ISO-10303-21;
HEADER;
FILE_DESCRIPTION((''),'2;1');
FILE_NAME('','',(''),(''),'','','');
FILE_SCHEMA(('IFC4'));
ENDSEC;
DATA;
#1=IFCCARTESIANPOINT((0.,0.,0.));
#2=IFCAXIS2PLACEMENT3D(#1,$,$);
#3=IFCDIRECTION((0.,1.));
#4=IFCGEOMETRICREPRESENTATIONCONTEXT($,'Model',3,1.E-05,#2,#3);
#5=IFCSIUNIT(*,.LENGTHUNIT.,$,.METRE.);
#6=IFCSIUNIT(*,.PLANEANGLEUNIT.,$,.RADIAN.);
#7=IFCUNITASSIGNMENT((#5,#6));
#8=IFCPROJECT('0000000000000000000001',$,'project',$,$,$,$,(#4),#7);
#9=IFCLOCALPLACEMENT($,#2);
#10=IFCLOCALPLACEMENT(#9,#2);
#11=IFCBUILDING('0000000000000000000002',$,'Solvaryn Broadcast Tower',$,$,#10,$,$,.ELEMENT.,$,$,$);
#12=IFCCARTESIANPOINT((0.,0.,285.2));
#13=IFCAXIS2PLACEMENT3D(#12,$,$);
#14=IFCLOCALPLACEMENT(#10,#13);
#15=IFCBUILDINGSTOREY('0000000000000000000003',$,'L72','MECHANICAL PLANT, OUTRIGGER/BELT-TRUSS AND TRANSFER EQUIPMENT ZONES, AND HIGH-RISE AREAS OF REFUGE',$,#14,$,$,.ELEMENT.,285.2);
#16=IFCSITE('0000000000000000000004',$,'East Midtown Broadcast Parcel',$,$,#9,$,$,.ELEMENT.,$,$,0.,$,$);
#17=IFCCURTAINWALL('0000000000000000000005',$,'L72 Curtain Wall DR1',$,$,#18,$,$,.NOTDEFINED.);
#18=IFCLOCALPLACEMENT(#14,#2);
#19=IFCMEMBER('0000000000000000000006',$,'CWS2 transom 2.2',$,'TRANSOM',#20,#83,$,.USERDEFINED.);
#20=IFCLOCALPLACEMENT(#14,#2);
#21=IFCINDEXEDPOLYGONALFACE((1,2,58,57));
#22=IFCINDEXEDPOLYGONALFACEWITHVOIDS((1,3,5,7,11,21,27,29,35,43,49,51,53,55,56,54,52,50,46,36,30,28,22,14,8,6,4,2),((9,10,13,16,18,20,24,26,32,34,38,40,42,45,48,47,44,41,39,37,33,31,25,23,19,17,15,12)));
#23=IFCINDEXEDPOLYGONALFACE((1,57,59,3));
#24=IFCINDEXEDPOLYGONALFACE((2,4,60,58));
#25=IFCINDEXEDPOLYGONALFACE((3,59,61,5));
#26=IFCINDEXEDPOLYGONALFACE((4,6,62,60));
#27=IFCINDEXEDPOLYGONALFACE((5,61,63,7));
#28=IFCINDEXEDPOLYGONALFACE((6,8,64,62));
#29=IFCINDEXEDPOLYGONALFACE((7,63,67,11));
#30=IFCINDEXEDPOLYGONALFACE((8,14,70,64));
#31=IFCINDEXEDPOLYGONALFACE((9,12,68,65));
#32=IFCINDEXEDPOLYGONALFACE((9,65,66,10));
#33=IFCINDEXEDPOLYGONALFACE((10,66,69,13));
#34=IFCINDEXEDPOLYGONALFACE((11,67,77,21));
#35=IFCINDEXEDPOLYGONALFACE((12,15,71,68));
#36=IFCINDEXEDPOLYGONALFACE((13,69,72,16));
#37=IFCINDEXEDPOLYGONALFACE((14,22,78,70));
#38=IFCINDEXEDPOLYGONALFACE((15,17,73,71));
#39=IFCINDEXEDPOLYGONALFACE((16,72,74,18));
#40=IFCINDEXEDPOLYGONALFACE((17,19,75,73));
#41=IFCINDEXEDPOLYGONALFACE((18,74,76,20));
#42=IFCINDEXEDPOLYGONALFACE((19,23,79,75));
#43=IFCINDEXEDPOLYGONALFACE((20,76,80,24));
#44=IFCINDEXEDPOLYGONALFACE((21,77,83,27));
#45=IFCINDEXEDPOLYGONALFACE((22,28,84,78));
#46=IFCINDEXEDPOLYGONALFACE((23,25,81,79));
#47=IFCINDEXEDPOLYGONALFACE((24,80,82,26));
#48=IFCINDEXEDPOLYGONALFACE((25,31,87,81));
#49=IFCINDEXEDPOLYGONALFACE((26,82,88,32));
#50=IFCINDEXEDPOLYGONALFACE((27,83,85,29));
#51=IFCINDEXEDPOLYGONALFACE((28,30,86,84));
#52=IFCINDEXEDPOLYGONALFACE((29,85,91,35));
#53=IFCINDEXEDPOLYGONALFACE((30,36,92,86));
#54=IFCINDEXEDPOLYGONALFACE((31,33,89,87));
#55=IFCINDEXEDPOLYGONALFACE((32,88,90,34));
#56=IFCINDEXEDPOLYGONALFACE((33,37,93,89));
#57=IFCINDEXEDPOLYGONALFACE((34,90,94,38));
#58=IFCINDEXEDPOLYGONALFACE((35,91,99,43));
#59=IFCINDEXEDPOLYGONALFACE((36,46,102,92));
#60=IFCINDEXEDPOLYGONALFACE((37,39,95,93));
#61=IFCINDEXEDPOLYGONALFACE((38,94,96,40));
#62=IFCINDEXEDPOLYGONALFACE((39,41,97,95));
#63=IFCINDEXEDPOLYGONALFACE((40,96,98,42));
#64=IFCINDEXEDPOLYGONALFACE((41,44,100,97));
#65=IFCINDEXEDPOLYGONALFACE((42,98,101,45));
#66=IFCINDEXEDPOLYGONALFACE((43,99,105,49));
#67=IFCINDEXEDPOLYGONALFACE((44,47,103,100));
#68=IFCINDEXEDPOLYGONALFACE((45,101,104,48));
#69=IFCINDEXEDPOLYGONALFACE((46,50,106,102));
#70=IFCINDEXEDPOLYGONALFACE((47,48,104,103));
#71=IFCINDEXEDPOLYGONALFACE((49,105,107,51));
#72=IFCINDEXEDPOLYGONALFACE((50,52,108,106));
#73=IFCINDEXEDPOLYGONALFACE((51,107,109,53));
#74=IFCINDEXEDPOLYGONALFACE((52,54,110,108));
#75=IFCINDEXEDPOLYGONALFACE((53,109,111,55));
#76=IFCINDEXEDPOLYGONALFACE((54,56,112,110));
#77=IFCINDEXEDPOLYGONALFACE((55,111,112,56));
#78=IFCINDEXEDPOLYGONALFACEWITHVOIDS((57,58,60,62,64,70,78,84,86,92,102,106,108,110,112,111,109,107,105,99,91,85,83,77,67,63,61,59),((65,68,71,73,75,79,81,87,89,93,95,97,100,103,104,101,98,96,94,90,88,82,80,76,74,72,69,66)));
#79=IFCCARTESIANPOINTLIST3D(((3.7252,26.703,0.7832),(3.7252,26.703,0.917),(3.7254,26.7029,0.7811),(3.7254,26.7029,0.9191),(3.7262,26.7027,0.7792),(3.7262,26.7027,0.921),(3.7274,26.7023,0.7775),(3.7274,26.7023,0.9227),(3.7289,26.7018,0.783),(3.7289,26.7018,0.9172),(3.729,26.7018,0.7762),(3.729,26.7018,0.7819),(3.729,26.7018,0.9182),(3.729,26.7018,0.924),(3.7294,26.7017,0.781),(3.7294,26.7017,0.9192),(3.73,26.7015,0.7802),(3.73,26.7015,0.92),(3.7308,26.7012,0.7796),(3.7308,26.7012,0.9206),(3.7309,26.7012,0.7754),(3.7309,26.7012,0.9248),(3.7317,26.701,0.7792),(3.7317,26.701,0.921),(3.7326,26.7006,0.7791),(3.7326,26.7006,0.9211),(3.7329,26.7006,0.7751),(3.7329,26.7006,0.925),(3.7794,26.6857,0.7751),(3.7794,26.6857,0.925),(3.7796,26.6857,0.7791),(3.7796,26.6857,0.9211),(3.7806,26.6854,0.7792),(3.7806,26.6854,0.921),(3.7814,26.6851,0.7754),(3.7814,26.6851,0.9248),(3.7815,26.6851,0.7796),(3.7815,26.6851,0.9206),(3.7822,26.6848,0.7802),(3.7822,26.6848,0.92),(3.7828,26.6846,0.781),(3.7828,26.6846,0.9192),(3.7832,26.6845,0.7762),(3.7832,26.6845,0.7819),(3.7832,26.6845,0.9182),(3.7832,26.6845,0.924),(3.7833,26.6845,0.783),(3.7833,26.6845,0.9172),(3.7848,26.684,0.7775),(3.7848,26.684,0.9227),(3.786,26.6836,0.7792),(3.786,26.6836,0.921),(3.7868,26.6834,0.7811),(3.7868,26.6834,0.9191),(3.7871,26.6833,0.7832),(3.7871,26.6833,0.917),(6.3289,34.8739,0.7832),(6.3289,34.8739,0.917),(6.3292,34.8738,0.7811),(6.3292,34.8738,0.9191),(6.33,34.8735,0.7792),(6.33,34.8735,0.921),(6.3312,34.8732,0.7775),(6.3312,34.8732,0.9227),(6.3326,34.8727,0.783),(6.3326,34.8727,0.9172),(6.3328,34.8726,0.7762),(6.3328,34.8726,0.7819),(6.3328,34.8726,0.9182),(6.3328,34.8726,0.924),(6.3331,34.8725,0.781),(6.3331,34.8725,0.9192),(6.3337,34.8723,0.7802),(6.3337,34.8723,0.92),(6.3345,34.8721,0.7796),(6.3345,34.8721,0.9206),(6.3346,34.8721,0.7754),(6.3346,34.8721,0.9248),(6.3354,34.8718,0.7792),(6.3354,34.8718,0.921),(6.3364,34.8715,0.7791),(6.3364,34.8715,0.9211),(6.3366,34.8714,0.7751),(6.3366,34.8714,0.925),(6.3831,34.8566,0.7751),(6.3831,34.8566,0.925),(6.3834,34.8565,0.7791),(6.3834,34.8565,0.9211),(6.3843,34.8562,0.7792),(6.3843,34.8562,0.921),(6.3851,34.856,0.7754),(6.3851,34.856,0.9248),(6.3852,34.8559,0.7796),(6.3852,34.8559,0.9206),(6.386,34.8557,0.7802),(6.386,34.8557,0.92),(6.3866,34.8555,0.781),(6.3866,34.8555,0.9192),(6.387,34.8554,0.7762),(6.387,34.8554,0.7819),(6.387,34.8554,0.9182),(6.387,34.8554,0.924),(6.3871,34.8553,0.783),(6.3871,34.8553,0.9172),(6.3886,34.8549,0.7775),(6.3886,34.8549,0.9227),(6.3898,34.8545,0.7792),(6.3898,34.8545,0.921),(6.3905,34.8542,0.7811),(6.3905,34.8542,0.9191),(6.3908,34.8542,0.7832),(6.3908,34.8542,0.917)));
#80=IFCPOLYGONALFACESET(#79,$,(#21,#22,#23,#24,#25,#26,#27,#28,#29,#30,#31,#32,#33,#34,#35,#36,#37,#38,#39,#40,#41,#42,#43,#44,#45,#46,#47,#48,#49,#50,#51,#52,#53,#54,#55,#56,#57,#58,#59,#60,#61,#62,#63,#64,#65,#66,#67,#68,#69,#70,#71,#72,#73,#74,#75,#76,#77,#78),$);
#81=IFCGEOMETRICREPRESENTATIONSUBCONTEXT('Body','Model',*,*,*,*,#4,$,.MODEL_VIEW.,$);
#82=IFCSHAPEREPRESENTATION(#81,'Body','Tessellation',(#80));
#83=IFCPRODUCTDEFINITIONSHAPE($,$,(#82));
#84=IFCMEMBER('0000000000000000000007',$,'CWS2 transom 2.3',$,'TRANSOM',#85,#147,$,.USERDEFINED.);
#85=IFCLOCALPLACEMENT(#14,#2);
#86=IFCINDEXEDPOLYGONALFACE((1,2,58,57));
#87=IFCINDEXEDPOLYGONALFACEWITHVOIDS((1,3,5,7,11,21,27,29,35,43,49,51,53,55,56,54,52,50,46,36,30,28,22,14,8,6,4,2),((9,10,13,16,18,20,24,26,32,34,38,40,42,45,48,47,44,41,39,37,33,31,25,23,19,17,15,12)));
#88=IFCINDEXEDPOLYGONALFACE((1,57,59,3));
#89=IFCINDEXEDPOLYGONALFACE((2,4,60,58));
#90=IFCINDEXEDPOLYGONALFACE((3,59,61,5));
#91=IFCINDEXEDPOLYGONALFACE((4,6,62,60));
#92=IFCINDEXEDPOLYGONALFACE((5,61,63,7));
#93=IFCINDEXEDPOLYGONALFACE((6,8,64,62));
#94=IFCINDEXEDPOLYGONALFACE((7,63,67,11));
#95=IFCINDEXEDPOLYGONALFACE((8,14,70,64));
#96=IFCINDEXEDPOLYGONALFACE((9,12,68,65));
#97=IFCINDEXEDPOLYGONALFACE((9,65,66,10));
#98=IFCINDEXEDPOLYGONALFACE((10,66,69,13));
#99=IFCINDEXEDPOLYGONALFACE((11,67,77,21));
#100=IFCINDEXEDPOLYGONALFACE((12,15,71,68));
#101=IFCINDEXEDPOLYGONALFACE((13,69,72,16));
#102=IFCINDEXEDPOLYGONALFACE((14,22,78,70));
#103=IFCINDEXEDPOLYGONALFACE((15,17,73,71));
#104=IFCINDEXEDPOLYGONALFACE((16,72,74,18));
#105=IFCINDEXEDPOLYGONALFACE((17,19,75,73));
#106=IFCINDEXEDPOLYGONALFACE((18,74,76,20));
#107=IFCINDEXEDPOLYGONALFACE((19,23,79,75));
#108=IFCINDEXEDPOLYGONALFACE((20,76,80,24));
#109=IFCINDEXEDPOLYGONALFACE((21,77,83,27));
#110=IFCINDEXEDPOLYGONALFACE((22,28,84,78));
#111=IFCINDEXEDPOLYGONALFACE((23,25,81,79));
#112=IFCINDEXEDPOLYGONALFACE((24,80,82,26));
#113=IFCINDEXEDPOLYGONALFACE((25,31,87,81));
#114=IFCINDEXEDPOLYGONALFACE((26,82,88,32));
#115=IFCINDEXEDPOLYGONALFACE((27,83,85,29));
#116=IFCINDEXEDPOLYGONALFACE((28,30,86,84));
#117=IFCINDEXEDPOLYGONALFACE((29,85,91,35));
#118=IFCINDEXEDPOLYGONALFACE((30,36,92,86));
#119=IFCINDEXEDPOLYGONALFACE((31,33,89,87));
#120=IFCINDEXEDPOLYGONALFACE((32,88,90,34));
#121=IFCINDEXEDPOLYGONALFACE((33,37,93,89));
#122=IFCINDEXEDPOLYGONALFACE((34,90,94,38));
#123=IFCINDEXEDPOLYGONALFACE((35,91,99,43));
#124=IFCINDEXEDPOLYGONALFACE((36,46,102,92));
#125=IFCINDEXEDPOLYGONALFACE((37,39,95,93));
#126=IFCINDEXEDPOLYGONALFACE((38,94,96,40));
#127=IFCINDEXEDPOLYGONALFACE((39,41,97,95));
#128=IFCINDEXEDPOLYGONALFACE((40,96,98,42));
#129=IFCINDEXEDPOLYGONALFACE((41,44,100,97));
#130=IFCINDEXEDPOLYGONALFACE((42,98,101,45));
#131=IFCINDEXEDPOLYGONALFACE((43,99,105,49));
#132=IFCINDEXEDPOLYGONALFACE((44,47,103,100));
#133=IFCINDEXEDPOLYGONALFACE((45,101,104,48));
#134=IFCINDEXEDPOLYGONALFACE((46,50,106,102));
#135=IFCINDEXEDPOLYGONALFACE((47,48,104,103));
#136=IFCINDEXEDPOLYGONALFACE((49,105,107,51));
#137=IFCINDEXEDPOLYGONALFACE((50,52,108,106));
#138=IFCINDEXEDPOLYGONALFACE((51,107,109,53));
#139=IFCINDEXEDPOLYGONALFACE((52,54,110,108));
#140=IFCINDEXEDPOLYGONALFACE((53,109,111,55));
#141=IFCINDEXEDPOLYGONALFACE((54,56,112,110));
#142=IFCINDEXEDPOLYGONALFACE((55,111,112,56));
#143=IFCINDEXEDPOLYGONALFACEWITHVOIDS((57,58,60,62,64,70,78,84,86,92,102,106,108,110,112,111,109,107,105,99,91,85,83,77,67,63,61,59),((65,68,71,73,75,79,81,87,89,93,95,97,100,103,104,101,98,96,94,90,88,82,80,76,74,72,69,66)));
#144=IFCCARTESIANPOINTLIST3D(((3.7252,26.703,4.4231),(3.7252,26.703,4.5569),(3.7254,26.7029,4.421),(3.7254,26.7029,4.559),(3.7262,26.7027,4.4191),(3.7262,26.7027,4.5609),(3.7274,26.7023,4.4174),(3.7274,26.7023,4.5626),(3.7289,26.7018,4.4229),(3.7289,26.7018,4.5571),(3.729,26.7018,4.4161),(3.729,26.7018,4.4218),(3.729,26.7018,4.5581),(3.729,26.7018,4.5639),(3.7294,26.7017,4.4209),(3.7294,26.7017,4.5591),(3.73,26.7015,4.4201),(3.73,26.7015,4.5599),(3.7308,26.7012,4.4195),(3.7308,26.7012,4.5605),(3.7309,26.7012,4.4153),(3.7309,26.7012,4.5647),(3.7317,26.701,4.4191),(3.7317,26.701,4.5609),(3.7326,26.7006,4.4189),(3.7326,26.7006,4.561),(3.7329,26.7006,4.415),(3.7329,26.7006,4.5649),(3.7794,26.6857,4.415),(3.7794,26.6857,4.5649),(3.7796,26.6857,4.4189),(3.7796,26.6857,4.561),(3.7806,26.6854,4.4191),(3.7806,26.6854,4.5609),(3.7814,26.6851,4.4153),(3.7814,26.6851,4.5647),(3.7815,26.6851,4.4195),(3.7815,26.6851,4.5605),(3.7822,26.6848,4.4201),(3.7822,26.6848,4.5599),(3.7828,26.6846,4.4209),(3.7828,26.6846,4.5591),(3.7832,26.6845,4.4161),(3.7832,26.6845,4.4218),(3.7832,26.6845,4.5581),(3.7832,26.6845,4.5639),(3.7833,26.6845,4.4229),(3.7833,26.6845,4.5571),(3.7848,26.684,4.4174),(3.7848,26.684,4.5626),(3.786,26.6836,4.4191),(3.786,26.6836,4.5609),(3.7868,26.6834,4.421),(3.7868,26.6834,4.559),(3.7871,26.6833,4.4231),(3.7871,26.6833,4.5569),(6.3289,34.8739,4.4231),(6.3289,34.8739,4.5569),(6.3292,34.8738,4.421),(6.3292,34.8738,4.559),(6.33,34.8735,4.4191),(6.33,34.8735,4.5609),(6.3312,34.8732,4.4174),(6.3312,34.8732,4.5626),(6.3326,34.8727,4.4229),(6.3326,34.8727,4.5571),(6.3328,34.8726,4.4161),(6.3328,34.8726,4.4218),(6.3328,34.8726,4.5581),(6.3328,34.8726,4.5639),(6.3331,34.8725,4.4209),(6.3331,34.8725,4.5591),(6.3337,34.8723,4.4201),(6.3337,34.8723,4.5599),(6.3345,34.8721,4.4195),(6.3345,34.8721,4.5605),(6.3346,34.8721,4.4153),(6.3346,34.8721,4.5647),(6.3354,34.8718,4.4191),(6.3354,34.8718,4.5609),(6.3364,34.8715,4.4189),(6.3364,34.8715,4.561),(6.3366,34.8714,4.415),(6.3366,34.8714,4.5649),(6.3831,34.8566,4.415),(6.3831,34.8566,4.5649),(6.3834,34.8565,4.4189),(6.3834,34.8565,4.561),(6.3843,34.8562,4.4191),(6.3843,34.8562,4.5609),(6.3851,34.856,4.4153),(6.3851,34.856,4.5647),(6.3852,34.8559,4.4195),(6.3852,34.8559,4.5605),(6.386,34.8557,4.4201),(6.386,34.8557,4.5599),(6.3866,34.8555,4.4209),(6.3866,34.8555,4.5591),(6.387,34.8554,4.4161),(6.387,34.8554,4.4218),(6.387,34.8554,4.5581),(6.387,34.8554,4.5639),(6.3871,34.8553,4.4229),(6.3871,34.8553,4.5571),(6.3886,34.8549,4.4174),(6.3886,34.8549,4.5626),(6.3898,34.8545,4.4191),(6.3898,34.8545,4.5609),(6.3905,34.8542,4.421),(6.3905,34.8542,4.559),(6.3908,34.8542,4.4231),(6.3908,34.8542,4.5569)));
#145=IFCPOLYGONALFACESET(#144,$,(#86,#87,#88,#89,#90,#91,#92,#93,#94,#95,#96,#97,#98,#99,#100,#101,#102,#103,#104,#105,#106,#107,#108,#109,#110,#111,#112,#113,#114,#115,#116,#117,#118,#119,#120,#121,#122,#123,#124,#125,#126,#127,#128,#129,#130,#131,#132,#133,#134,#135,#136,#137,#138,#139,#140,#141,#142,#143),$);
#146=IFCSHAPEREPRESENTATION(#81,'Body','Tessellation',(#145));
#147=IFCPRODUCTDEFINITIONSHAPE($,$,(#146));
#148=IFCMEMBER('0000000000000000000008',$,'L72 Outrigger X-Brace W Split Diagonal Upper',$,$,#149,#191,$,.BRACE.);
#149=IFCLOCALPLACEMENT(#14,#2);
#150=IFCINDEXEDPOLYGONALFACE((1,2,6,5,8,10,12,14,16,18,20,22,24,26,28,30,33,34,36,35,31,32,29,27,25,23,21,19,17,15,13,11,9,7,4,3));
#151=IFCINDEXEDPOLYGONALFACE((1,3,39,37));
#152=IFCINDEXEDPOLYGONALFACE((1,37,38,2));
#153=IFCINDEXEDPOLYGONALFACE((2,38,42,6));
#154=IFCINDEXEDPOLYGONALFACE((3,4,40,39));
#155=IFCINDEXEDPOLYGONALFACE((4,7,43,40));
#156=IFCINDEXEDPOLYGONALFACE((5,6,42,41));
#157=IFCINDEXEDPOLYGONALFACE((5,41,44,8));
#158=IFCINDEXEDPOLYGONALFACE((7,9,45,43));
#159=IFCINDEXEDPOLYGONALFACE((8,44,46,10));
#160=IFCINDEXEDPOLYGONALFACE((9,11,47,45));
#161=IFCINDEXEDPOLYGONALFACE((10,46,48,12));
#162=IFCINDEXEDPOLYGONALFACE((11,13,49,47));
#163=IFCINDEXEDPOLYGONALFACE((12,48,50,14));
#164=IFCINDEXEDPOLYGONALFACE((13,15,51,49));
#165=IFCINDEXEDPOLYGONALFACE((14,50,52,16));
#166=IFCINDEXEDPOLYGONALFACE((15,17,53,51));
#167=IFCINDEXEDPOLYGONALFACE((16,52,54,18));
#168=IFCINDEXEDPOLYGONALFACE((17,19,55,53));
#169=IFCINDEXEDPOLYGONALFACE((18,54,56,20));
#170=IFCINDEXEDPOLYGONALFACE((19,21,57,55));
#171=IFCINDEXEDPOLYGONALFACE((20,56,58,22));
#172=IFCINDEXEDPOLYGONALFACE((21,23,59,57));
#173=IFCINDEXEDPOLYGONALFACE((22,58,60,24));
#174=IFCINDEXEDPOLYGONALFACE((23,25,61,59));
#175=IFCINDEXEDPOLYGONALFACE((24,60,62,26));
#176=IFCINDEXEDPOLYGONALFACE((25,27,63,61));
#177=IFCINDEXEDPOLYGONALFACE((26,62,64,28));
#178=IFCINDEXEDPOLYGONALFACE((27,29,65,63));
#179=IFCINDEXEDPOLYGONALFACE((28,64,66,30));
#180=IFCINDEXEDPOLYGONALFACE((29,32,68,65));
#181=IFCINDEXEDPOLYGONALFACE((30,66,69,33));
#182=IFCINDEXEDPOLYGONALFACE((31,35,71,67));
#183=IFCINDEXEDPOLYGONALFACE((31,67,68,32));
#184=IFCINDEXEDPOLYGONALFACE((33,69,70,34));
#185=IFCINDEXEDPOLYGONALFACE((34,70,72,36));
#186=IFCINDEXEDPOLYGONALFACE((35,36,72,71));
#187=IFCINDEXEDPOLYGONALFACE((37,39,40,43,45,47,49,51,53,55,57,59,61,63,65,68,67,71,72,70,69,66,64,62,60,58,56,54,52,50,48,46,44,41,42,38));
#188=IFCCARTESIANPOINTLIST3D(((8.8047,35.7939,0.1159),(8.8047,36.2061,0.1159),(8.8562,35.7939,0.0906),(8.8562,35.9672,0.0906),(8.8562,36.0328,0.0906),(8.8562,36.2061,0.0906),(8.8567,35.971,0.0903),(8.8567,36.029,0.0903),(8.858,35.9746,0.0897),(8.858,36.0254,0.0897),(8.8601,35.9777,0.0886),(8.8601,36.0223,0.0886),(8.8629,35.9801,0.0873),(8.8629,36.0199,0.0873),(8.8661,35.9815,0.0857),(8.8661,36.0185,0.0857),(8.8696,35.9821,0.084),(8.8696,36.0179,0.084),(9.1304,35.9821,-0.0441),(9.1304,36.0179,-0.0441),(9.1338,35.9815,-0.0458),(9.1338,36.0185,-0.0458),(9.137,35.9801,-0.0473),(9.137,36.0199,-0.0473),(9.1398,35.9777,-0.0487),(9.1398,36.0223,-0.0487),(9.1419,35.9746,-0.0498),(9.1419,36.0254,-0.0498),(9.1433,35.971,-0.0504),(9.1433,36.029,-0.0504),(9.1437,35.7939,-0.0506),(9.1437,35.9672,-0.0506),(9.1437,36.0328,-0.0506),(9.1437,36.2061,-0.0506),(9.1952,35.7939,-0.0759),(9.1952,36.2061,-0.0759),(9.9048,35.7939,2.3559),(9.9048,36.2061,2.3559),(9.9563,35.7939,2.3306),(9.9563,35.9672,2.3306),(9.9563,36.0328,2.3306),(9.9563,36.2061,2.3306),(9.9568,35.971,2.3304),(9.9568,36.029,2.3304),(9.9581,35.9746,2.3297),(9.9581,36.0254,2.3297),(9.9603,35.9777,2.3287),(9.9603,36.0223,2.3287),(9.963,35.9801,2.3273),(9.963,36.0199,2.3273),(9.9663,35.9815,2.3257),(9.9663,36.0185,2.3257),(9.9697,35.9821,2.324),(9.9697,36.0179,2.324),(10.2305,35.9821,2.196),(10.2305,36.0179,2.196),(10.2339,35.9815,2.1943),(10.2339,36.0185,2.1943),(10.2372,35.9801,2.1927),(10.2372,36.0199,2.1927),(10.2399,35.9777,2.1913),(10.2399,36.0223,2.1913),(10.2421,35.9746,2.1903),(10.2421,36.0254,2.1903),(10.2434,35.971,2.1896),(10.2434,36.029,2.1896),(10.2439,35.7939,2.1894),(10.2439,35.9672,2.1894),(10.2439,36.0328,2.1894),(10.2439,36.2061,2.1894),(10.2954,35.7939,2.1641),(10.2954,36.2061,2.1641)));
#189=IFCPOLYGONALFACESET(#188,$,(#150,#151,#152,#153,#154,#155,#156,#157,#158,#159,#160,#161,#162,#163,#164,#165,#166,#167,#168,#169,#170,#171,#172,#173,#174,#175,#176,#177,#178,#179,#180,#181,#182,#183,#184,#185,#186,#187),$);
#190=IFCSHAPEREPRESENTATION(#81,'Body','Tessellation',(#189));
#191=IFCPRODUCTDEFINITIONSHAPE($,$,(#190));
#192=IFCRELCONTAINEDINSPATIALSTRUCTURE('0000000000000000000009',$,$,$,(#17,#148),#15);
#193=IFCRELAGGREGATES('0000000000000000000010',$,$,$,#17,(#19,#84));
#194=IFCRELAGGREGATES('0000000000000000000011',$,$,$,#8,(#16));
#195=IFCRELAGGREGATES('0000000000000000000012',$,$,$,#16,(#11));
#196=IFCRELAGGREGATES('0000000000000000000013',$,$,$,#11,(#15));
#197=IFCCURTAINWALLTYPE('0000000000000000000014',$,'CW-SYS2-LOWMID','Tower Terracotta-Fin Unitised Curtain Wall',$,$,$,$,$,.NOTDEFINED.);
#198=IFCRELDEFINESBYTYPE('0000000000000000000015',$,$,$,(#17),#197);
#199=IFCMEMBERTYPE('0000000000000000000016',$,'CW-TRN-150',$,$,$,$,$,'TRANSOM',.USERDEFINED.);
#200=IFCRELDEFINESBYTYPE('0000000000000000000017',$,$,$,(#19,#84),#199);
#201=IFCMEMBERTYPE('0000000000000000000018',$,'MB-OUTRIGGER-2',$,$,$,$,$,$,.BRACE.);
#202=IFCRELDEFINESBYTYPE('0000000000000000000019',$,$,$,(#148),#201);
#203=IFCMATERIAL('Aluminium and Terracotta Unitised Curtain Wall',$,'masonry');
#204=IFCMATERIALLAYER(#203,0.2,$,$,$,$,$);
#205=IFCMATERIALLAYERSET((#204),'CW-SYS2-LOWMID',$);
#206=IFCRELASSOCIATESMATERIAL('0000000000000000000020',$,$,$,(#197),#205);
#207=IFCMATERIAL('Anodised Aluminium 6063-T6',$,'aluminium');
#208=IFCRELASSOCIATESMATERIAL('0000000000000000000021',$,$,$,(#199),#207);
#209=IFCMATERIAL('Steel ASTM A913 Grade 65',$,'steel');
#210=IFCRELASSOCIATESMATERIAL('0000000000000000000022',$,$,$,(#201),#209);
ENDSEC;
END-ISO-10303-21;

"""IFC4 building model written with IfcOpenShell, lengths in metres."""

from ifc_helpers import new_model, si_unit, direction, frame, origin, origin_2d, place, context, subcontext, project, spatial, hollow_rectangle, i_section, extrude, material, layer, layer_set, material_profile, profile_set, type_object, element, aggregate, save


model = new_model("IFC4")

# Units and contexts
model_context = context("Model", 3, precision=1e-05, world=origin(), true_north=direction((0.0, 1.0)))
body_context = subcontext(model_context, "Body", "Model", "MODEL_VIEW")
ifc_project = project(units=[si_unit("LENGTHUNIT", "METRE"), si_unit("PLANEANGLEUNIT", "RADIAN")], contexts=[model_context])

# Site, building, storey
site_placement = place(None, origin())
site = spatial("IfcSite", under=ifc_project, at=site_placement, Name="East Midtown Broadcast Parcel", CompositionType="ELEMENT", RefElevation=0.0)
building_placement = place(site_placement, origin())
building = spatial("IfcBuilding", under=site, at=building_placement, Name="Solvaryn Broadcast Tower", CompositionType="ELEMENT")
storey_placement = place(building_placement, frame((0.0, 0.0, 285.2)))
storey = spatial("IfcBuildingStorey", under=building, at=storey_placement, Name="L72", Description="MECHANICAL PLANT, OUTRIGGER/BELT-TRUSS AND TRANSFER EQUIPMENT ZONES, AND HIGH-RISE AREAS OF REFUGE", CompositionType="ELEMENT", Elevation=285.2)

# Curtain wall, members
ifc_material_1 = material(Name="Aluminium and Terracotta Unitised Curtain Wall", Category="masonry")
ifc_layer_1 = layer(ifc_material_1, 0.2)
ifc_layer_set_1 = layer_set([ifc_layer_1], Name="CW-SYS2-LOWMID")
curtain_wall_type = type_object("IfcCurtainWallType", Name="CW-SYS2-LOWMID", Description="Tower Terracotta-Fin Unitised Curtain Wall", PredefinedType="NOTDEFINED", material=ifc_layer_set_1)
curtain_wall_placement = place(storey_placement, origin())
curtain_wall = element("IfcCurtainWall", 1, at=curtain_wall_placement, inside=storey, type_object=curtain_wall_type, Name="L72 Curtain Wall DR1", PredefinedType="NOTDEFINED")
ifc_material_2 = material(Name="Anodised Aluminium 6063-T6", Category="aluminium")
ifc_material_profile_1 = material_profile(ifc_material_2, hollow_rectangle(XDim=0.0649, YDim=0.1499, WallThickness=0.0039, InnerFilletRadius=0.0039, OuterFilletRadius=0.0081, at=origin_2d()))
ifc_profile_set_1 = profile_set([ifc_material_profile_1], Name="Anodised Aluminium 6063-T6")
member_type_1 = type_object("IfcMemberType", Name="CW-TRN-150", ElementType="TRANSOM", PredefinedType="USERDEFINED", material=ifc_profile_set_1)
member_1_placement = place(storey_placement, frame((6.3599, 34.864, 0.8501), z_axis=(-0.30362, -0.952793, 0.0), x_axis=(0.952793, -0.30362, 0.0)))
member_1 = element("IfcMember", 2, at=member_1_placement, type_object=member_type_1, Name="CWS2 transom 2.2", ObjectType="TRANSOM", PredefinedType="USERDEFINED", context=body_context, shape_type="SweptSolid", body=[
    extrude(hollow_rectangle(XDim=0.0649, YDim=0.1499, WallThickness=0.0039, InnerFilletRadius=0.0039, OuterFilletRadius=0.0081, at=origin_2d()), origin(), (0.0, 0.0, 1.0), 8.5757),
])
member_2_placement = place(storey_placement, frame((6.3599, 34.864, 4.49), z_axis=(-0.30362, -0.952793, 0.0), x_axis=(0.952793, -0.30362, 0.0)))
member_2 = element("IfcMember", 3, at=member_2_placement, type_object=member_type_1, Name="CWS2 transom 2.3", ObjectType="TRANSOM", PredefinedType="USERDEFINED", context=body_context, shape_type="SweptSolid", body=[
    extrude(hollow_rectangle(XDim=0.0649, YDim=0.1499, WallThickness=0.0039, InnerFilletRadius=0.0039, OuterFilletRadius=0.0081, at=origin_2d()), origin(), (0.0, 0.0, 1.0), 8.5757),
])
aggregate(curtain_wall, [member_1, member_2])

# Member
ifc_material_3 = material(Name="Steel ASTM A913 Grade 65", Category="steel")
ifc_material_profile_2 = material_profile(ifc_material_3, i_section(OverallWidth=0.4121, OverallDepth=0.4351, WebThickness=0.0359, FlangeThickness=0.0574, FilletRadius=0.0149, at=origin_2d()))
ifc_profile_set_2 = profile_set([ifc_material_profile_2], Name="Steel ASTM A913 Grade 65")
member_type_2 = type_object("IfcMemberType", Name="MB-OUTRIGGER-2", PredefinedType="BRACE", material=ifc_profile_set_2)
member_3_placement = place(storey_placement, frame((10.1001, 36.0, 2.26), z_axis=(-0.440824, 0.0, -0.897594), x_axis=(0.0, -1.0, 0.0)))
element("IfcMember", 4, at=member_3_placement, inside=storey, type_object=member_type_2, Name="L72 Outrigger X-Brace W Split Diagonal Upper", PredefinedType="BRACE", context=body_context, shape_type="SweptSolid", body=[
    extrude(i_section(OverallWidth=0.4121, OverallDepth=0.4351, WebThickness=0.0359, FlangeThickness=0.0574, FilletRadius=0.0149, at=origin_2d()), origin(), (0.0, 0.0, 1.0), 2.4956),
])

save(model, "model.ifc")
